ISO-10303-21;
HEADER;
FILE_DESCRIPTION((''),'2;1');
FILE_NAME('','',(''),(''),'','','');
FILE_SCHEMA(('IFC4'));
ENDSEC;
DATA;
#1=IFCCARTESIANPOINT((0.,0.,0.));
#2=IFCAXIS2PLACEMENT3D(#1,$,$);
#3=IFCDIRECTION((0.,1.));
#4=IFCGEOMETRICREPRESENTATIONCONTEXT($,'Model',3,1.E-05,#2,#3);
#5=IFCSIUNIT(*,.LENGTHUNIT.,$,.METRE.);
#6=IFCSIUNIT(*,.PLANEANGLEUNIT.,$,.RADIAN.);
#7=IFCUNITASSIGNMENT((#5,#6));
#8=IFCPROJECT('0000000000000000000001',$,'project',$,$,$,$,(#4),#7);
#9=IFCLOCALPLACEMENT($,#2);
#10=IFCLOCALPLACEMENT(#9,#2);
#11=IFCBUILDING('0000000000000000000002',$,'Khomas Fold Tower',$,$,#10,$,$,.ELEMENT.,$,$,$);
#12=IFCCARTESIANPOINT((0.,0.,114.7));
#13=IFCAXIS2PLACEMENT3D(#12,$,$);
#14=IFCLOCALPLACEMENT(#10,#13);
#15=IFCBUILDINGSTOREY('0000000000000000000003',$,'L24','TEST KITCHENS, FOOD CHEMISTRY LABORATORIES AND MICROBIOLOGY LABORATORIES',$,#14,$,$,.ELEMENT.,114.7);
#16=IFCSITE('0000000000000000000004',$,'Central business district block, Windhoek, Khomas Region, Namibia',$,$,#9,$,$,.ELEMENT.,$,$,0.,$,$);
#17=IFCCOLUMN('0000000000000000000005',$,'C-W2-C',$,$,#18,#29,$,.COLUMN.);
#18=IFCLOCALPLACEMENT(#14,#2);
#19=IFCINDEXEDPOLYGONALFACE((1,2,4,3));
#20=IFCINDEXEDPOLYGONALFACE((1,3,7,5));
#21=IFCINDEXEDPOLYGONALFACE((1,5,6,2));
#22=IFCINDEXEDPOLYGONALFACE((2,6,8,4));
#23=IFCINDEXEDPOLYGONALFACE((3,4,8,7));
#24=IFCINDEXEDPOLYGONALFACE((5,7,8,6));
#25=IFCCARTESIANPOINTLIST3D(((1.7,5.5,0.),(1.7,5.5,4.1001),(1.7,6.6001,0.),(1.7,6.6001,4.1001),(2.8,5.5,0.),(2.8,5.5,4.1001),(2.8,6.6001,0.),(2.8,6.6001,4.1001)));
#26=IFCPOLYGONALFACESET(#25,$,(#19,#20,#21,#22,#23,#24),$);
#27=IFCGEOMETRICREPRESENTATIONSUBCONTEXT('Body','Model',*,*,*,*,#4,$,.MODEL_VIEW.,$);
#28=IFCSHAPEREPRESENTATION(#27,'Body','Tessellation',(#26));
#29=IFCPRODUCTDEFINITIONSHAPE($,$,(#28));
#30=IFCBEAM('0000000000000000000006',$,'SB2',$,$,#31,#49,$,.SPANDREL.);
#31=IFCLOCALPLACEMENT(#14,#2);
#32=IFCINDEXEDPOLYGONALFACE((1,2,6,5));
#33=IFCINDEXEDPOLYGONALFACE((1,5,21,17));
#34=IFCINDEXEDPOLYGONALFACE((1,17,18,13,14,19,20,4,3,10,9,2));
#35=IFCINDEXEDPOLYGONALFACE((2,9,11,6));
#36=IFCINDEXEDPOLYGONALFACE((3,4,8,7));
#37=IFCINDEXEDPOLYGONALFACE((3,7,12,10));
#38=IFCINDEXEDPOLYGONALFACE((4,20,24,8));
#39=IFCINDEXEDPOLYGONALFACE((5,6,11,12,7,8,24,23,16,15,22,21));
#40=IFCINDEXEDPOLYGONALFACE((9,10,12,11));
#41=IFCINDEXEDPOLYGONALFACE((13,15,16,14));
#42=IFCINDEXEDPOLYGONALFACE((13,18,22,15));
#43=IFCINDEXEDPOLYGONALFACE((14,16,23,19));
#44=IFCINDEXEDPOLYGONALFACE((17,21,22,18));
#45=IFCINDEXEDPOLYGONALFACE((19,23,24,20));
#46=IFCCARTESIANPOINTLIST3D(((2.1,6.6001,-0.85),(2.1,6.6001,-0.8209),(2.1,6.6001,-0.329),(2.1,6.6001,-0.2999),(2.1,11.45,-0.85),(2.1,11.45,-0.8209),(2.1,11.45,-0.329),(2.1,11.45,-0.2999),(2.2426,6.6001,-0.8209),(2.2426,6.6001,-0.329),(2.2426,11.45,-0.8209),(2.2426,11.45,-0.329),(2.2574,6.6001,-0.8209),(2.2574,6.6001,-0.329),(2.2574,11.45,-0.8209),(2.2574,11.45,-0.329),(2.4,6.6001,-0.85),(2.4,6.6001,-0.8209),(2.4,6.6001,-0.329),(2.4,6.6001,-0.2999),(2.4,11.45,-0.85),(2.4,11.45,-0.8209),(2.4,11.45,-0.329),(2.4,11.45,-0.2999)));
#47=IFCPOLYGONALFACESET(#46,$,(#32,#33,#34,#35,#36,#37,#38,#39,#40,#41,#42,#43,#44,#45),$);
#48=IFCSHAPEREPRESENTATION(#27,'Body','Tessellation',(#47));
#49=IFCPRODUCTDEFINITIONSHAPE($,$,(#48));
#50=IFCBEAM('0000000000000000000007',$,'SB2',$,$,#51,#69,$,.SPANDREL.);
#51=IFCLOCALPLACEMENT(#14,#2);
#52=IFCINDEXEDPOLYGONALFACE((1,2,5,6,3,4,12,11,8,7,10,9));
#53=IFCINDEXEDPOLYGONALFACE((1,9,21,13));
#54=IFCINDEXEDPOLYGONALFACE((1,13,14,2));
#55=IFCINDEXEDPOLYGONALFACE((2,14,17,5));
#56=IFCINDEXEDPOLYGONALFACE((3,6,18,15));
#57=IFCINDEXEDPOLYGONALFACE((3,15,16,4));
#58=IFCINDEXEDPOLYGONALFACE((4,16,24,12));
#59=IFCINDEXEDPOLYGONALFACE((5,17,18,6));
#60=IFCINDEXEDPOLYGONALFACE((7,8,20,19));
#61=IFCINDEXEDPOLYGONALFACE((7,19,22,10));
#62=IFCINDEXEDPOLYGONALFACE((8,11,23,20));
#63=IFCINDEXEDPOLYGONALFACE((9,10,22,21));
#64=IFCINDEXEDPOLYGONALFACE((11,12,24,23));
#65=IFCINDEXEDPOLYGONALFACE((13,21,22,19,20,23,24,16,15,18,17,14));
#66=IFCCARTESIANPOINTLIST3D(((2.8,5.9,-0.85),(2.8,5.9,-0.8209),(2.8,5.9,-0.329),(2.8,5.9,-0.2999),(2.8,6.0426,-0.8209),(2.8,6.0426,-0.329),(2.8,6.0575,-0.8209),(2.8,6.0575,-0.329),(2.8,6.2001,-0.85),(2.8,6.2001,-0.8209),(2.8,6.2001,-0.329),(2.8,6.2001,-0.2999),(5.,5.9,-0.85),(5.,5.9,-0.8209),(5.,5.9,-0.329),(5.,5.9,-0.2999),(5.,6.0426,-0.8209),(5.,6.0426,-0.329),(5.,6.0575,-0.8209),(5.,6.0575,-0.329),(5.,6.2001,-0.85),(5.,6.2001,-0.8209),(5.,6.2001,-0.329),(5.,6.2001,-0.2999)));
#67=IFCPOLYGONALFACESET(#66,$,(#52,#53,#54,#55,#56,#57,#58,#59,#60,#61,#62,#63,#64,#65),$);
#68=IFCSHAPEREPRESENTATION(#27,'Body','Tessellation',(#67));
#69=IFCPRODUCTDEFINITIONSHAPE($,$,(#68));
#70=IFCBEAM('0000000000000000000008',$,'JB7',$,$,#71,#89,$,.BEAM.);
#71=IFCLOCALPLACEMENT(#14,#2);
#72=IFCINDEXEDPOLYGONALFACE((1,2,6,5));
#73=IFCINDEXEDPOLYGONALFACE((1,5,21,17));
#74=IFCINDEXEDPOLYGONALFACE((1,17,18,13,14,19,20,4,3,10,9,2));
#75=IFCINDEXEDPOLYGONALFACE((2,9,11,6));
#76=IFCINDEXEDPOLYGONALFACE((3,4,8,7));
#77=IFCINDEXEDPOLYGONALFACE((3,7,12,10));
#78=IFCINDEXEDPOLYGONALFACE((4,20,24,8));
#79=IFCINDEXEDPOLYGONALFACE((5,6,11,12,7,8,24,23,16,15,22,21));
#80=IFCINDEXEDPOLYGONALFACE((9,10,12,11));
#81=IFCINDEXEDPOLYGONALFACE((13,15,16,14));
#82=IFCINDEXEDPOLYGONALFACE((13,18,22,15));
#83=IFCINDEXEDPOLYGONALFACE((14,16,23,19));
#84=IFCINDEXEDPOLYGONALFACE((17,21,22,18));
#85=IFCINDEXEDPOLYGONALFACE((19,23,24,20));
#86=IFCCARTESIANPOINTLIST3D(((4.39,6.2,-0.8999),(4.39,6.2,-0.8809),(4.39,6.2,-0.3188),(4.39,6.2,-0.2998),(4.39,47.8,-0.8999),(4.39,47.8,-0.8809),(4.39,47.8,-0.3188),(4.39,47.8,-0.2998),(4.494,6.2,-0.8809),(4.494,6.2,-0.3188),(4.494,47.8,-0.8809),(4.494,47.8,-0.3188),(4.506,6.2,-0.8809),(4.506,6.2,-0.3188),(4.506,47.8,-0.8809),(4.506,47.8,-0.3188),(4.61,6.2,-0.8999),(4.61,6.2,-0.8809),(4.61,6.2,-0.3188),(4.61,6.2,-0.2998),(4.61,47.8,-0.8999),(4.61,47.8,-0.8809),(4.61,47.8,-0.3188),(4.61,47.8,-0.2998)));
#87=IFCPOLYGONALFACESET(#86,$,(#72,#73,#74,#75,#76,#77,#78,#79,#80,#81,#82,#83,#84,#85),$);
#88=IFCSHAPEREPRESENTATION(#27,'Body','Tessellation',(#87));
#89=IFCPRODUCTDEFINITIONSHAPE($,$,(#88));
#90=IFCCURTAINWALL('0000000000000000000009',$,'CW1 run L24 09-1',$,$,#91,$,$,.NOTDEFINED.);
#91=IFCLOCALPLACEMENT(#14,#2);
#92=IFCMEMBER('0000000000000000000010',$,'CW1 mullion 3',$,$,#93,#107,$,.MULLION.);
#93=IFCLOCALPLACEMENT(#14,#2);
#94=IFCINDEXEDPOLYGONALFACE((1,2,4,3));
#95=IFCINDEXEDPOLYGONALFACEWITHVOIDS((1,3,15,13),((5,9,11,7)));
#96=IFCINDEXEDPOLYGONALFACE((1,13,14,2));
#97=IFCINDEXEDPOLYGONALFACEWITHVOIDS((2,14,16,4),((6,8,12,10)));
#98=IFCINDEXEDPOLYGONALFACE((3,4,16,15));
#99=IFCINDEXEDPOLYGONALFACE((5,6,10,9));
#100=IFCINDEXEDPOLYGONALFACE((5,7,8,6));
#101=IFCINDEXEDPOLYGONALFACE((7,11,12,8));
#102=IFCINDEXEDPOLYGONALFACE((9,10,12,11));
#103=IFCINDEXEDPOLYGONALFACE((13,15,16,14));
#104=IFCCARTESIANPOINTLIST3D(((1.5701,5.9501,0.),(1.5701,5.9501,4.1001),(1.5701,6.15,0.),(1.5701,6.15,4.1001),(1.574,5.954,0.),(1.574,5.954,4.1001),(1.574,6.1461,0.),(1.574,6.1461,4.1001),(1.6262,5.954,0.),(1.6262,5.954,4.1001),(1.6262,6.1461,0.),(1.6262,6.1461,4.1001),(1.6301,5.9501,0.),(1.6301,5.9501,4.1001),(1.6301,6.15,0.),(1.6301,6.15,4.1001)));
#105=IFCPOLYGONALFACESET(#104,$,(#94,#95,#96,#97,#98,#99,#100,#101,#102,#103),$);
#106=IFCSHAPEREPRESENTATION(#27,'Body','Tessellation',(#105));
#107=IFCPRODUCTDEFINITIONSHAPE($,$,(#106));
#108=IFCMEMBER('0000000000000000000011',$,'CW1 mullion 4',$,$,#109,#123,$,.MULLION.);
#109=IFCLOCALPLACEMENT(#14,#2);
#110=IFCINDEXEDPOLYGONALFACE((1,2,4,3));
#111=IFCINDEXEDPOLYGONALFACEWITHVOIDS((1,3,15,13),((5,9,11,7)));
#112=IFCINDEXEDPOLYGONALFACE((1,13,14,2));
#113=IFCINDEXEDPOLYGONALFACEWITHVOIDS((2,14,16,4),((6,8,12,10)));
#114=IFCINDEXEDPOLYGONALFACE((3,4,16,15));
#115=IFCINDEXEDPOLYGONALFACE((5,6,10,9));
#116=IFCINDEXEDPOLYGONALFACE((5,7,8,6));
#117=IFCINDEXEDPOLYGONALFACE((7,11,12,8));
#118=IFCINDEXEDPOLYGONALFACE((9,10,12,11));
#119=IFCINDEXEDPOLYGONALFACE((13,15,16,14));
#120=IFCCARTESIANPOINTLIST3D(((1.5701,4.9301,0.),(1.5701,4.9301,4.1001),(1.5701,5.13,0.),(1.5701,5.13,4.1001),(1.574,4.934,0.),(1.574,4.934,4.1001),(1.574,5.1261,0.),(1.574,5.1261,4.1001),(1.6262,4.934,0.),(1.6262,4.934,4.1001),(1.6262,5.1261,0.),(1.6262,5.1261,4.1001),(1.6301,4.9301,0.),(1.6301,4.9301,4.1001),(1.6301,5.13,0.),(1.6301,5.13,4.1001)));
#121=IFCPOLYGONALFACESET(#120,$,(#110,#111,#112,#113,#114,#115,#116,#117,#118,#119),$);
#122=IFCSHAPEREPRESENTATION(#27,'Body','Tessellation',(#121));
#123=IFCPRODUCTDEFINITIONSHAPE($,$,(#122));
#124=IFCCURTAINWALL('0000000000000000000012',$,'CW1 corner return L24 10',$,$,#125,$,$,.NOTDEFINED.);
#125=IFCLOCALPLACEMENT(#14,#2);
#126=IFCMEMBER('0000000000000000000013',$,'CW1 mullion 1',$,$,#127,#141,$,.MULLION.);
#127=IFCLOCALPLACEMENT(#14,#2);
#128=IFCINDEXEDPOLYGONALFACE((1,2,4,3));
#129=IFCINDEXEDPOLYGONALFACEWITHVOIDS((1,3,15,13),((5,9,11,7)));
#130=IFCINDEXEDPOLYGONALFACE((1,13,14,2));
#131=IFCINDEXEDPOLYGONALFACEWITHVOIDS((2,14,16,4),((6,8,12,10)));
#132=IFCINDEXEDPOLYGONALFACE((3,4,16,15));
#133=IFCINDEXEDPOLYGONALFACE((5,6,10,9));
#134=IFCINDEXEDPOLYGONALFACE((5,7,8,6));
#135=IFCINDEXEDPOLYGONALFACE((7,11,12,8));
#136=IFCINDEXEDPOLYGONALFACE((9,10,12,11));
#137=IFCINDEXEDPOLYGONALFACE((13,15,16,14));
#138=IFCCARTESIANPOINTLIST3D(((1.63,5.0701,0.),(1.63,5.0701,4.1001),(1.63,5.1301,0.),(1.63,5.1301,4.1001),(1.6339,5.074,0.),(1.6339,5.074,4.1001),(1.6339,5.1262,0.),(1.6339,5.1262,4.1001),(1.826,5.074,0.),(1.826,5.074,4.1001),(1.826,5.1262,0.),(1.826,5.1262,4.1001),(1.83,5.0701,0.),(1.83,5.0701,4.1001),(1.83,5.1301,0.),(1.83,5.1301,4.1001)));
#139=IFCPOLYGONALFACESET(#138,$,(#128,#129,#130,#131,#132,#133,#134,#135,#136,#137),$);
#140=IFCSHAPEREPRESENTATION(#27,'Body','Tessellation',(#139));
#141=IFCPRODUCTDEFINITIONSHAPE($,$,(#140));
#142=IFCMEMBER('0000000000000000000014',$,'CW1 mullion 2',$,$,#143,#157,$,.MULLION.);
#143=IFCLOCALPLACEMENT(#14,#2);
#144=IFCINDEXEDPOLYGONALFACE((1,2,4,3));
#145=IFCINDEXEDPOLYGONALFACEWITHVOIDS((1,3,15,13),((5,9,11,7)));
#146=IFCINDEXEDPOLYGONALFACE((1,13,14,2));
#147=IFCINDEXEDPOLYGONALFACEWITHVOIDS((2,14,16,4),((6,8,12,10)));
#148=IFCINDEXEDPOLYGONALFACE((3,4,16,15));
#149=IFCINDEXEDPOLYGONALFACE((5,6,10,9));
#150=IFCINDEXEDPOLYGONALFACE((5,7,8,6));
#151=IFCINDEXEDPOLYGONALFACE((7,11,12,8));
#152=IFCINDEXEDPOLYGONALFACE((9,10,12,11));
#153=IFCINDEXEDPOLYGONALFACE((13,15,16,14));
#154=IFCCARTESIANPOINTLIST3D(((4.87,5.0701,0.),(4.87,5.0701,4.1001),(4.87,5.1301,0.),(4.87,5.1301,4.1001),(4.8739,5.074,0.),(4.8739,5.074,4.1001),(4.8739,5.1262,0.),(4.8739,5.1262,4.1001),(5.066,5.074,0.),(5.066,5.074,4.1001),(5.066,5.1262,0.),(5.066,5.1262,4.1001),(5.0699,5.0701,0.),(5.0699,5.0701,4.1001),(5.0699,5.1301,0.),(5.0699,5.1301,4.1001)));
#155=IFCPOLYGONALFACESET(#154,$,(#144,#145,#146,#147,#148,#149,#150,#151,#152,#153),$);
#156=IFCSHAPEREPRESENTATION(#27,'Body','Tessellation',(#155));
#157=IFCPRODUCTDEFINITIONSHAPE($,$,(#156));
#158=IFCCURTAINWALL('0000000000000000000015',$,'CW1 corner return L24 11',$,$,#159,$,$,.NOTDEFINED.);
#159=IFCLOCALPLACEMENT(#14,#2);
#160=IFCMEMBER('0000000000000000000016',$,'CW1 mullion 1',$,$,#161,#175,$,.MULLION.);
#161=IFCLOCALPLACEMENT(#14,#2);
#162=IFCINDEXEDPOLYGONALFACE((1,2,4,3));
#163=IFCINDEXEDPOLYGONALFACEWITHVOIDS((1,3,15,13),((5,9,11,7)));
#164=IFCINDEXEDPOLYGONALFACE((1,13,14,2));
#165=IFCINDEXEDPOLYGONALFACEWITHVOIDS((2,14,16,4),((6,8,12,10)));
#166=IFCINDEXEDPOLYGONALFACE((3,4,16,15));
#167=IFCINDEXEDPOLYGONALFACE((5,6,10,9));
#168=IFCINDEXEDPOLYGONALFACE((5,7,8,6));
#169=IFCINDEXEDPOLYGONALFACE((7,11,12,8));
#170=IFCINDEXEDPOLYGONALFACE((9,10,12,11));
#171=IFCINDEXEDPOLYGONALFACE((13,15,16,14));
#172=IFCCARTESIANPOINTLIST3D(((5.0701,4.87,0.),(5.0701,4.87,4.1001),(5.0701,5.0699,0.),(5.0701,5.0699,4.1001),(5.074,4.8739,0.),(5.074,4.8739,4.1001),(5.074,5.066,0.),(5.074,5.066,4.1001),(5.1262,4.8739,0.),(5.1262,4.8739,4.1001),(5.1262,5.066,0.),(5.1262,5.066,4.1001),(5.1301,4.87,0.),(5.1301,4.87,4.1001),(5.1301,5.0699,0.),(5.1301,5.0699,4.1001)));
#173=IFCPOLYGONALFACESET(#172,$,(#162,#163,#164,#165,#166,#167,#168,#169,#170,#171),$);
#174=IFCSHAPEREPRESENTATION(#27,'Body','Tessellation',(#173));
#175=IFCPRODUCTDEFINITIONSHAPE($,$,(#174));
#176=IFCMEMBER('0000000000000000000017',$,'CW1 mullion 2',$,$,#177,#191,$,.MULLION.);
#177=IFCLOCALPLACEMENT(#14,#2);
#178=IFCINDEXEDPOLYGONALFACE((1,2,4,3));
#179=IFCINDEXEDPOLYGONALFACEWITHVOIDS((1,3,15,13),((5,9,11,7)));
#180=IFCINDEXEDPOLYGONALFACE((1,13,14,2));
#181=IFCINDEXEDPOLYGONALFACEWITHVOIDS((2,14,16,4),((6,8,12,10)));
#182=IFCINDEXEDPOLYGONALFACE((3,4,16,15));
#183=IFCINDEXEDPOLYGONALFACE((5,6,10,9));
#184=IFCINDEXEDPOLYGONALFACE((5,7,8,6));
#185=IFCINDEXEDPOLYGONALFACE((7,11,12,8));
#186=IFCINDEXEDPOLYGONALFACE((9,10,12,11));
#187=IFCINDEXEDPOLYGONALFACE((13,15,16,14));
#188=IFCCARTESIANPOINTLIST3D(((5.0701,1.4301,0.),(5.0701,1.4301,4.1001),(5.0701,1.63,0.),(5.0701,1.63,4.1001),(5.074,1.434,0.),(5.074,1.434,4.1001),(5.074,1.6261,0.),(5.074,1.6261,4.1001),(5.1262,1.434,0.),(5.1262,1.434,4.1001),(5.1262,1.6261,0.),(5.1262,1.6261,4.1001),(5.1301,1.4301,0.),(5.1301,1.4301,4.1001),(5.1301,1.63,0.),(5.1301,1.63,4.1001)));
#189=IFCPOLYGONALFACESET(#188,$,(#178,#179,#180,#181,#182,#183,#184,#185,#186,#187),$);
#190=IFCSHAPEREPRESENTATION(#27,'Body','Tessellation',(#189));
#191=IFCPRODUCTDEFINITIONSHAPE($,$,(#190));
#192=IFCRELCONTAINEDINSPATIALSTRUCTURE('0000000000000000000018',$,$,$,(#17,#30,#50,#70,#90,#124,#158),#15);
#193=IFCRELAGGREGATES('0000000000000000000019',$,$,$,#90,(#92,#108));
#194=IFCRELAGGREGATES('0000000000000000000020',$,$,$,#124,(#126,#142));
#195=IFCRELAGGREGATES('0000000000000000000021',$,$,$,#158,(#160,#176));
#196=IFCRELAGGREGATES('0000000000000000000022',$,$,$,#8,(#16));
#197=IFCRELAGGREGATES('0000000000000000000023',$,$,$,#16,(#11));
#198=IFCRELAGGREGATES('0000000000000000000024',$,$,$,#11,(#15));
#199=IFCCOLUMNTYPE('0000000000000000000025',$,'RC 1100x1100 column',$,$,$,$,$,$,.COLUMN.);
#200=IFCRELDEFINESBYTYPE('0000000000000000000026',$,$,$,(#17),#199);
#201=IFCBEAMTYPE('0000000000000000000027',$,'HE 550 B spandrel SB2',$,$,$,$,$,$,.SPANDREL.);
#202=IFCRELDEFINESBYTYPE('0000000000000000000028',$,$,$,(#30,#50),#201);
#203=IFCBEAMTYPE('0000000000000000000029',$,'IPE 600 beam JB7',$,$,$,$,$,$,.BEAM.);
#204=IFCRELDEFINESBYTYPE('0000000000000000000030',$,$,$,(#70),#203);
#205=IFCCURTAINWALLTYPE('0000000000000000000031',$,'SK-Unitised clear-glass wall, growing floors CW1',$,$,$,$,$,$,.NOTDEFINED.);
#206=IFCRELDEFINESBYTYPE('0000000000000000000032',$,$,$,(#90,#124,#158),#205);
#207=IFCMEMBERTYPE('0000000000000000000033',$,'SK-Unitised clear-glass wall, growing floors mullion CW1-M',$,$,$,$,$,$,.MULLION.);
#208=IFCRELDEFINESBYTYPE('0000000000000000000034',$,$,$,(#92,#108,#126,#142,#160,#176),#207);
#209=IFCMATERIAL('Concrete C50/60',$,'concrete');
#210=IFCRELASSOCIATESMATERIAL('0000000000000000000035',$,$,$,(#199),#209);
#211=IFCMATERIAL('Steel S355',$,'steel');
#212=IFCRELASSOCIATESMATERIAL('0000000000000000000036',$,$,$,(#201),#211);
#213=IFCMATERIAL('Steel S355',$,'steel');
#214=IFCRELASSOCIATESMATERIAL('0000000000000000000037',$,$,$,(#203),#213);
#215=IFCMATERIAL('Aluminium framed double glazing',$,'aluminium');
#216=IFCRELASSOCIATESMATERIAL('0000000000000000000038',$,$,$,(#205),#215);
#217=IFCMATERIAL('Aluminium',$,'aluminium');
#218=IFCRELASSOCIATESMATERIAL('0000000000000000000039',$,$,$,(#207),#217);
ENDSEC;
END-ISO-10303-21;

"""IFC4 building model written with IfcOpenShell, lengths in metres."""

from ifc_helpers import new_model, si_unit, direction, frame, origin, origin_2d, place, context, subcontext, project, spatial, rectangle, hollow_rectangle, i_section, extrude, source, transform, mapped, material, material_profile, profile_set, type_object, element, aggregate, save


model = new_model("IFC4")

# Units and contexts
model_context = context("Model", 3, precision=1e-05, world=origin(), true_north=direction((0.0, 1.0)))
body_context = subcontext(model_context, "Body", "Model", "MODEL_VIEW")
ifc_project = project(units=[si_unit("LENGTHUNIT", "METRE"), si_unit("PLANEANGLEUNIT", "RADIAN")], contexts=[model_context])

# Site, building, storey
site_placement = place(None, origin())
site = spatial("IfcSite", under=ifc_project, at=site_placement, Name="Central business district block, Windhoek, Khomas Region, Namibia", CompositionType="ELEMENT", RefElevation=0.0)
building_placement = place(site_placement, origin())
building = spatial("IfcBuilding", under=site, at=building_placement, Name="Khomas Fold Tower", CompositionType="ELEMENT")
storey_placement = place(building_placement, frame((0.0, 0.0, 114.7)))
storey = spatial("IfcBuildingStorey", under=building, at=storey_placement, Name="L24", Description="TEST KITCHENS, FOOD CHEMISTRY LABORATORIES AND MICROBIOLOGY LABORATORIES", CompositionType="ELEMENT", Elevation=114.7)

# Column
ifc_material_1 = material(Name="Concrete C50/60", Category="concrete")
ifc_material_profile_1 = material_profile(ifc_material_1, rectangle(XDim=1.1001, YDim=1.1001, at=origin_2d()), Name="RC 1100x1100")
ifc_profile_set_1 = profile_set([ifc_material_profile_1], Name="Concrete C50/60")
column_type = type_object("IfcColumnType", Name="RC 1100x1100 column", PredefinedType="COLUMN", material=ifc_profile_set_1)
shared_shape_1 = source(origin(), body_context, "Body", "SweptSolid", [
    extrude(rectangle(XDim=1.1001, YDim=1.1001, at=origin_2d()), origin(), (0.0, 0.0, 1.0), 4.1001),
])
column_placement = place(storey_placement, frame((2.25, 6.05, 0.0), z_axis=(0.0, 0.0, 1.0), x_axis=(1.0, 0.0, 0.0)))
element("IfcColumn", 1, at=column_placement, inside=storey, type_object=column_type, Name="C-W2-C", PredefinedType="COLUMN", context=body_context, shape_type="MappedRepresentation", body=[
    mapped(shared_shape_1, transform((0.0, 0.0, 0.0))),
])

# Beams
ifc_material_2 = material(Name="Steel S355", Category="steel")
ifc_material_profile_2 = material_profile(ifc_material_2, i_section(OverallWidth=0.3, OverallDepth=0.55, WebThickness=0.0149, FlangeThickness=0.0291, at=origin_2d()), Name="HE 550 B")
ifc_profile_set_2 = profile_set([ifc_material_profile_2], Name="Steel S355")
beam_type_1 = type_object("IfcBeamType", Name="HE 550 B spandrel SB2", PredefinedType="SPANDREL", material=ifc_profile_set_2)
shared_shape_2 = source(origin(), body_context, "Body", "SweptSolid", [
    extrude(i_section(OverallWidth=0.3, OverallDepth=0.55, WebThickness=0.0149, FlangeThickness=0.0291, at=origin_2d()), origin(), (0.0, 0.0, 1.0), 4.8499),
])
beam_1_placement = place(storey_placement, frame((2.25, 6.6001, -0.575), z_axis=(0.0, 1.0, 0.0), x_axis=(-1.0, 0.0, 0.0)))
element("IfcBeam", 2, at=beam_1_placement, inside=storey, type_object=beam_type_1, Name="SB2", PredefinedType="SPANDREL", context=body_context, shape_type="MappedRepresentation", body=[
    mapped(shared_shape_2, transform((0.0, 0.0, 0.0))),
])
shared_shape_3 = source(origin(), body_context, "Body", "SweptSolid", [
    extrude(i_section(OverallWidth=0.3, OverallDepth=0.55, WebThickness=0.0149, FlangeThickness=0.0291, at=origin_2d()), origin(), (0.0, 0.0, 1.0), 2.2),
])
beam_2_placement = place(storey_placement, frame((2.8, 6.05, -0.575), z_axis=(1.0, 0.0, 0.0), x_axis=(0.0, 1.0, 0.0)))
element("IfcBeam", 3, at=beam_2_placement, inside=storey, type_object=beam_type_1, Name="SB2", PredefinedType="SPANDREL", context=body_context, shape_type="MappedRepresentation", body=[
    mapped(shared_shape_3, transform((0.0, 0.0, 0.0))),
])
ifc_material_3 = material(Name="Steel S355", Category="steel")
ifc_material_profile_3 = material_profile(ifc_material_3, i_section(OverallWidth=0.22, OverallDepth=0.6001, WebThickness=0.012, FlangeThickness=0.019, at=origin_2d()), Name="IPE 600")
ifc_profile_set_3 = profile_set([ifc_material_profile_3], Name="Steel S355")
beam_type_2 = type_object("IfcBeamType", Name="IPE 600 beam JB7", PredefinedType="BEAM", material=ifc_profile_set_3)
shared_shape_4 = source(origin(), body_context, "Body", "SweptSolid", [
    extrude(i_section(OverallWidth=0.22, OverallDepth=0.6001, WebThickness=0.012, FlangeThickness=0.019, at=origin_2d()), origin(), (0.0, 0.0, 1.0), 41.6001),
])
beam_3_placement = place(storey_placement, frame((4.5, 6.2, -0.5999), z_axis=(0.0, 1.0, 0.0), x_axis=(-1.0, 0.0, 0.0)))
element("IfcBeam", 4, at=beam_3_placement, inside=storey, type_object=beam_type_2, Name="JB7", PredefinedType="BEAM", context=body_context, shape_type="MappedRepresentation", body=[
    mapped(shared_shape_4, transform((0.0, 0.0, 0.0))),
])

# Curtain walls, members
ifc_material_4 = material(Name="Aluminium framed double glazing", Category="aluminium")
curtain_wall_type = type_object("IfcCurtainWallType", Name="SK-Unitised clear-glass wall, growing floors CW1", PredefinedType="NOTDEFINED", material=ifc_material_4)
curtain_wall_1_placement = place(storey_placement, origin())
curtain_wall_1 = element("IfcCurtainWall", 5, at=curtain_wall_1_placement, inside=storey, type_object=curtain_wall_type, Name="CW1 run L24 09-1", PredefinedType="NOTDEFINED")
ifc_material_5 = material(Name="Aluminium", Category="aluminium")
ifc_material_profile_4 = material_profile(ifc_material_5, hollow_rectangle(XDim=0.0601, YDim=0.2, WallThickness=0.0039, at=origin_2d()), Name="SK-Unitised clear-glass wall, growing floors mullion CW1-M")
ifc_profile_set_4 = profile_set([ifc_material_profile_4], Name="Aluminium")
member_type_1 = type_object("IfcMemberType", Name="SK-Unitised clear-glass wall, growing floors mullion CW1-M", PredefinedType="MULLION", material=ifc_profile_set_4)
shared_shape_5 = source(origin(), body_context, "Body", "SweptSolid", [
    extrude(hollow_rectangle(XDim=0.0601, YDim=0.2, WallThickness=0.0039, at=origin_2d()), origin(), (0.0, 0.0, 1.0), 4.1001),
])
member_1_placement = place(storey_placement, frame((1.6001, 6.05, 0.0), z_axis=(0.0, 0.0, 1.0), x_axis=(1.0, 0.0, 0.0)))
member_1 = element("IfcMember", 6, at=member_1_placement, type_object=member_type_1, Name="CW1 mullion 3", PredefinedType="MULLION", context=body_context, shape_type="MappedRepresentation", body=[
    mapped(shared_shape_5, transform((0.0, 0.0, 0.0))),
])
member_2_placement = place(storey_placement, frame((1.6001, 5.03, 0.0), z_axis=(0.0, 0.0, 1.0), x_axis=(1.0, 0.0, 0.0)))
member_2 = element("IfcMember", 7, at=member_2_placement, type_object=member_type_1, Name="CW1 mullion 4", PredefinedType="MULLION", context=body_context, shape_type="MappedRepresentation", body=[
    mapped(shared_shape_5, transform((0.0, 0.0, 0.0))),
])
curtain_wall_2_placement = place(storey_placement, origin())
curtain_wall_2 = element("IfcCurtainWall", 8, at=curtain_wall_2_placement, inside=storey, type_object=curtain_wall_type, Name="CW1 corner return L24 10", PredefinedType="NOTDEFINED")
member_3_placement = place(storey_placement, frame((1.73, 5.1001, 0.0), z_axis=(0.0, 0.0, 1.0), x_axis=(0.0, 1.0, 0.0)))
member_3 = element("IfcMember", 9, at=member_3_placement, type_object=member_type_1, Name="CW1 mullion 1", PredefinedType="MULLION", context=body_context, shape_type="MappedRepresentation", body=[
    mapped(shared_shape_5, transform((0.0, 0.0, 0.0))),
])
member_4_placement = place(storey_placement, frame((4.97, 5.1001, 0.0), z_axis=(0.0, 0.0, 1.0), x_axis=(0.0, 1.0, 0.0)))
member_4 = element("IfcMember", 10, at=member_4_placement, type_object=member_type_1, Name="CW1 mullion 2", PredefinedType="MULLION", context=body_context, shape_type="MappedRepresentation", body=[
    mapped(shared_shape_5, transform((0.0, 0.0, 0.0))),
])
curtain_wall_3_placement = place(storey_placement, origin())
curtain_wall_3 = element("IfcCurtainWall", 11, at=curtain_wall_3_placement, inside=storey, type_object=curtain_wall_type, Name="CW1 corner return L24 11", PredefinedType="NOTDEFINED")
member_5_placement = place(storey_placement, frame((5.1001, 4.97, 0.0), z_axis=(0.0, 0.0, 1.0), x_axis=(1.0, 0.0, 0.0)))
member_5 = element("IfcMember", 12, at=member_5_placement, type_object=member_type_1, Name="CW1 mullion 1", PredefinedType="MULLION", context=body_context, shape_type="MappedRepresentation", body=[
    mapped(shared_shape_5, transform((0.0, 0.0, 0.0))),
])
member_6_placement = place(storey_placement, frame((5.1001, 1.53, 0.0), z_axis=(0.0, 0.0, 1.0), x_axis=(1.0, 0.0, 0.0)))
member_6 = element("IfcMember", 13, at=member_6_placement, type_object=member_type_1, Name="CW1 mullion 2", PredefinedType="MULLION", context=body_context, shape_type="MappedRepresentation", body=[
    mapped(shared_shape_5, transform((0.0, 0.0, 0.0))),
])

aggregate(curtain_wall_1, [member_1, member_2])
aggregate(curtain_wall_2, [member_3, member_4])
aggregate(curtain_wall_3, [member_5, member_6])

save(model, "model.ifc")
